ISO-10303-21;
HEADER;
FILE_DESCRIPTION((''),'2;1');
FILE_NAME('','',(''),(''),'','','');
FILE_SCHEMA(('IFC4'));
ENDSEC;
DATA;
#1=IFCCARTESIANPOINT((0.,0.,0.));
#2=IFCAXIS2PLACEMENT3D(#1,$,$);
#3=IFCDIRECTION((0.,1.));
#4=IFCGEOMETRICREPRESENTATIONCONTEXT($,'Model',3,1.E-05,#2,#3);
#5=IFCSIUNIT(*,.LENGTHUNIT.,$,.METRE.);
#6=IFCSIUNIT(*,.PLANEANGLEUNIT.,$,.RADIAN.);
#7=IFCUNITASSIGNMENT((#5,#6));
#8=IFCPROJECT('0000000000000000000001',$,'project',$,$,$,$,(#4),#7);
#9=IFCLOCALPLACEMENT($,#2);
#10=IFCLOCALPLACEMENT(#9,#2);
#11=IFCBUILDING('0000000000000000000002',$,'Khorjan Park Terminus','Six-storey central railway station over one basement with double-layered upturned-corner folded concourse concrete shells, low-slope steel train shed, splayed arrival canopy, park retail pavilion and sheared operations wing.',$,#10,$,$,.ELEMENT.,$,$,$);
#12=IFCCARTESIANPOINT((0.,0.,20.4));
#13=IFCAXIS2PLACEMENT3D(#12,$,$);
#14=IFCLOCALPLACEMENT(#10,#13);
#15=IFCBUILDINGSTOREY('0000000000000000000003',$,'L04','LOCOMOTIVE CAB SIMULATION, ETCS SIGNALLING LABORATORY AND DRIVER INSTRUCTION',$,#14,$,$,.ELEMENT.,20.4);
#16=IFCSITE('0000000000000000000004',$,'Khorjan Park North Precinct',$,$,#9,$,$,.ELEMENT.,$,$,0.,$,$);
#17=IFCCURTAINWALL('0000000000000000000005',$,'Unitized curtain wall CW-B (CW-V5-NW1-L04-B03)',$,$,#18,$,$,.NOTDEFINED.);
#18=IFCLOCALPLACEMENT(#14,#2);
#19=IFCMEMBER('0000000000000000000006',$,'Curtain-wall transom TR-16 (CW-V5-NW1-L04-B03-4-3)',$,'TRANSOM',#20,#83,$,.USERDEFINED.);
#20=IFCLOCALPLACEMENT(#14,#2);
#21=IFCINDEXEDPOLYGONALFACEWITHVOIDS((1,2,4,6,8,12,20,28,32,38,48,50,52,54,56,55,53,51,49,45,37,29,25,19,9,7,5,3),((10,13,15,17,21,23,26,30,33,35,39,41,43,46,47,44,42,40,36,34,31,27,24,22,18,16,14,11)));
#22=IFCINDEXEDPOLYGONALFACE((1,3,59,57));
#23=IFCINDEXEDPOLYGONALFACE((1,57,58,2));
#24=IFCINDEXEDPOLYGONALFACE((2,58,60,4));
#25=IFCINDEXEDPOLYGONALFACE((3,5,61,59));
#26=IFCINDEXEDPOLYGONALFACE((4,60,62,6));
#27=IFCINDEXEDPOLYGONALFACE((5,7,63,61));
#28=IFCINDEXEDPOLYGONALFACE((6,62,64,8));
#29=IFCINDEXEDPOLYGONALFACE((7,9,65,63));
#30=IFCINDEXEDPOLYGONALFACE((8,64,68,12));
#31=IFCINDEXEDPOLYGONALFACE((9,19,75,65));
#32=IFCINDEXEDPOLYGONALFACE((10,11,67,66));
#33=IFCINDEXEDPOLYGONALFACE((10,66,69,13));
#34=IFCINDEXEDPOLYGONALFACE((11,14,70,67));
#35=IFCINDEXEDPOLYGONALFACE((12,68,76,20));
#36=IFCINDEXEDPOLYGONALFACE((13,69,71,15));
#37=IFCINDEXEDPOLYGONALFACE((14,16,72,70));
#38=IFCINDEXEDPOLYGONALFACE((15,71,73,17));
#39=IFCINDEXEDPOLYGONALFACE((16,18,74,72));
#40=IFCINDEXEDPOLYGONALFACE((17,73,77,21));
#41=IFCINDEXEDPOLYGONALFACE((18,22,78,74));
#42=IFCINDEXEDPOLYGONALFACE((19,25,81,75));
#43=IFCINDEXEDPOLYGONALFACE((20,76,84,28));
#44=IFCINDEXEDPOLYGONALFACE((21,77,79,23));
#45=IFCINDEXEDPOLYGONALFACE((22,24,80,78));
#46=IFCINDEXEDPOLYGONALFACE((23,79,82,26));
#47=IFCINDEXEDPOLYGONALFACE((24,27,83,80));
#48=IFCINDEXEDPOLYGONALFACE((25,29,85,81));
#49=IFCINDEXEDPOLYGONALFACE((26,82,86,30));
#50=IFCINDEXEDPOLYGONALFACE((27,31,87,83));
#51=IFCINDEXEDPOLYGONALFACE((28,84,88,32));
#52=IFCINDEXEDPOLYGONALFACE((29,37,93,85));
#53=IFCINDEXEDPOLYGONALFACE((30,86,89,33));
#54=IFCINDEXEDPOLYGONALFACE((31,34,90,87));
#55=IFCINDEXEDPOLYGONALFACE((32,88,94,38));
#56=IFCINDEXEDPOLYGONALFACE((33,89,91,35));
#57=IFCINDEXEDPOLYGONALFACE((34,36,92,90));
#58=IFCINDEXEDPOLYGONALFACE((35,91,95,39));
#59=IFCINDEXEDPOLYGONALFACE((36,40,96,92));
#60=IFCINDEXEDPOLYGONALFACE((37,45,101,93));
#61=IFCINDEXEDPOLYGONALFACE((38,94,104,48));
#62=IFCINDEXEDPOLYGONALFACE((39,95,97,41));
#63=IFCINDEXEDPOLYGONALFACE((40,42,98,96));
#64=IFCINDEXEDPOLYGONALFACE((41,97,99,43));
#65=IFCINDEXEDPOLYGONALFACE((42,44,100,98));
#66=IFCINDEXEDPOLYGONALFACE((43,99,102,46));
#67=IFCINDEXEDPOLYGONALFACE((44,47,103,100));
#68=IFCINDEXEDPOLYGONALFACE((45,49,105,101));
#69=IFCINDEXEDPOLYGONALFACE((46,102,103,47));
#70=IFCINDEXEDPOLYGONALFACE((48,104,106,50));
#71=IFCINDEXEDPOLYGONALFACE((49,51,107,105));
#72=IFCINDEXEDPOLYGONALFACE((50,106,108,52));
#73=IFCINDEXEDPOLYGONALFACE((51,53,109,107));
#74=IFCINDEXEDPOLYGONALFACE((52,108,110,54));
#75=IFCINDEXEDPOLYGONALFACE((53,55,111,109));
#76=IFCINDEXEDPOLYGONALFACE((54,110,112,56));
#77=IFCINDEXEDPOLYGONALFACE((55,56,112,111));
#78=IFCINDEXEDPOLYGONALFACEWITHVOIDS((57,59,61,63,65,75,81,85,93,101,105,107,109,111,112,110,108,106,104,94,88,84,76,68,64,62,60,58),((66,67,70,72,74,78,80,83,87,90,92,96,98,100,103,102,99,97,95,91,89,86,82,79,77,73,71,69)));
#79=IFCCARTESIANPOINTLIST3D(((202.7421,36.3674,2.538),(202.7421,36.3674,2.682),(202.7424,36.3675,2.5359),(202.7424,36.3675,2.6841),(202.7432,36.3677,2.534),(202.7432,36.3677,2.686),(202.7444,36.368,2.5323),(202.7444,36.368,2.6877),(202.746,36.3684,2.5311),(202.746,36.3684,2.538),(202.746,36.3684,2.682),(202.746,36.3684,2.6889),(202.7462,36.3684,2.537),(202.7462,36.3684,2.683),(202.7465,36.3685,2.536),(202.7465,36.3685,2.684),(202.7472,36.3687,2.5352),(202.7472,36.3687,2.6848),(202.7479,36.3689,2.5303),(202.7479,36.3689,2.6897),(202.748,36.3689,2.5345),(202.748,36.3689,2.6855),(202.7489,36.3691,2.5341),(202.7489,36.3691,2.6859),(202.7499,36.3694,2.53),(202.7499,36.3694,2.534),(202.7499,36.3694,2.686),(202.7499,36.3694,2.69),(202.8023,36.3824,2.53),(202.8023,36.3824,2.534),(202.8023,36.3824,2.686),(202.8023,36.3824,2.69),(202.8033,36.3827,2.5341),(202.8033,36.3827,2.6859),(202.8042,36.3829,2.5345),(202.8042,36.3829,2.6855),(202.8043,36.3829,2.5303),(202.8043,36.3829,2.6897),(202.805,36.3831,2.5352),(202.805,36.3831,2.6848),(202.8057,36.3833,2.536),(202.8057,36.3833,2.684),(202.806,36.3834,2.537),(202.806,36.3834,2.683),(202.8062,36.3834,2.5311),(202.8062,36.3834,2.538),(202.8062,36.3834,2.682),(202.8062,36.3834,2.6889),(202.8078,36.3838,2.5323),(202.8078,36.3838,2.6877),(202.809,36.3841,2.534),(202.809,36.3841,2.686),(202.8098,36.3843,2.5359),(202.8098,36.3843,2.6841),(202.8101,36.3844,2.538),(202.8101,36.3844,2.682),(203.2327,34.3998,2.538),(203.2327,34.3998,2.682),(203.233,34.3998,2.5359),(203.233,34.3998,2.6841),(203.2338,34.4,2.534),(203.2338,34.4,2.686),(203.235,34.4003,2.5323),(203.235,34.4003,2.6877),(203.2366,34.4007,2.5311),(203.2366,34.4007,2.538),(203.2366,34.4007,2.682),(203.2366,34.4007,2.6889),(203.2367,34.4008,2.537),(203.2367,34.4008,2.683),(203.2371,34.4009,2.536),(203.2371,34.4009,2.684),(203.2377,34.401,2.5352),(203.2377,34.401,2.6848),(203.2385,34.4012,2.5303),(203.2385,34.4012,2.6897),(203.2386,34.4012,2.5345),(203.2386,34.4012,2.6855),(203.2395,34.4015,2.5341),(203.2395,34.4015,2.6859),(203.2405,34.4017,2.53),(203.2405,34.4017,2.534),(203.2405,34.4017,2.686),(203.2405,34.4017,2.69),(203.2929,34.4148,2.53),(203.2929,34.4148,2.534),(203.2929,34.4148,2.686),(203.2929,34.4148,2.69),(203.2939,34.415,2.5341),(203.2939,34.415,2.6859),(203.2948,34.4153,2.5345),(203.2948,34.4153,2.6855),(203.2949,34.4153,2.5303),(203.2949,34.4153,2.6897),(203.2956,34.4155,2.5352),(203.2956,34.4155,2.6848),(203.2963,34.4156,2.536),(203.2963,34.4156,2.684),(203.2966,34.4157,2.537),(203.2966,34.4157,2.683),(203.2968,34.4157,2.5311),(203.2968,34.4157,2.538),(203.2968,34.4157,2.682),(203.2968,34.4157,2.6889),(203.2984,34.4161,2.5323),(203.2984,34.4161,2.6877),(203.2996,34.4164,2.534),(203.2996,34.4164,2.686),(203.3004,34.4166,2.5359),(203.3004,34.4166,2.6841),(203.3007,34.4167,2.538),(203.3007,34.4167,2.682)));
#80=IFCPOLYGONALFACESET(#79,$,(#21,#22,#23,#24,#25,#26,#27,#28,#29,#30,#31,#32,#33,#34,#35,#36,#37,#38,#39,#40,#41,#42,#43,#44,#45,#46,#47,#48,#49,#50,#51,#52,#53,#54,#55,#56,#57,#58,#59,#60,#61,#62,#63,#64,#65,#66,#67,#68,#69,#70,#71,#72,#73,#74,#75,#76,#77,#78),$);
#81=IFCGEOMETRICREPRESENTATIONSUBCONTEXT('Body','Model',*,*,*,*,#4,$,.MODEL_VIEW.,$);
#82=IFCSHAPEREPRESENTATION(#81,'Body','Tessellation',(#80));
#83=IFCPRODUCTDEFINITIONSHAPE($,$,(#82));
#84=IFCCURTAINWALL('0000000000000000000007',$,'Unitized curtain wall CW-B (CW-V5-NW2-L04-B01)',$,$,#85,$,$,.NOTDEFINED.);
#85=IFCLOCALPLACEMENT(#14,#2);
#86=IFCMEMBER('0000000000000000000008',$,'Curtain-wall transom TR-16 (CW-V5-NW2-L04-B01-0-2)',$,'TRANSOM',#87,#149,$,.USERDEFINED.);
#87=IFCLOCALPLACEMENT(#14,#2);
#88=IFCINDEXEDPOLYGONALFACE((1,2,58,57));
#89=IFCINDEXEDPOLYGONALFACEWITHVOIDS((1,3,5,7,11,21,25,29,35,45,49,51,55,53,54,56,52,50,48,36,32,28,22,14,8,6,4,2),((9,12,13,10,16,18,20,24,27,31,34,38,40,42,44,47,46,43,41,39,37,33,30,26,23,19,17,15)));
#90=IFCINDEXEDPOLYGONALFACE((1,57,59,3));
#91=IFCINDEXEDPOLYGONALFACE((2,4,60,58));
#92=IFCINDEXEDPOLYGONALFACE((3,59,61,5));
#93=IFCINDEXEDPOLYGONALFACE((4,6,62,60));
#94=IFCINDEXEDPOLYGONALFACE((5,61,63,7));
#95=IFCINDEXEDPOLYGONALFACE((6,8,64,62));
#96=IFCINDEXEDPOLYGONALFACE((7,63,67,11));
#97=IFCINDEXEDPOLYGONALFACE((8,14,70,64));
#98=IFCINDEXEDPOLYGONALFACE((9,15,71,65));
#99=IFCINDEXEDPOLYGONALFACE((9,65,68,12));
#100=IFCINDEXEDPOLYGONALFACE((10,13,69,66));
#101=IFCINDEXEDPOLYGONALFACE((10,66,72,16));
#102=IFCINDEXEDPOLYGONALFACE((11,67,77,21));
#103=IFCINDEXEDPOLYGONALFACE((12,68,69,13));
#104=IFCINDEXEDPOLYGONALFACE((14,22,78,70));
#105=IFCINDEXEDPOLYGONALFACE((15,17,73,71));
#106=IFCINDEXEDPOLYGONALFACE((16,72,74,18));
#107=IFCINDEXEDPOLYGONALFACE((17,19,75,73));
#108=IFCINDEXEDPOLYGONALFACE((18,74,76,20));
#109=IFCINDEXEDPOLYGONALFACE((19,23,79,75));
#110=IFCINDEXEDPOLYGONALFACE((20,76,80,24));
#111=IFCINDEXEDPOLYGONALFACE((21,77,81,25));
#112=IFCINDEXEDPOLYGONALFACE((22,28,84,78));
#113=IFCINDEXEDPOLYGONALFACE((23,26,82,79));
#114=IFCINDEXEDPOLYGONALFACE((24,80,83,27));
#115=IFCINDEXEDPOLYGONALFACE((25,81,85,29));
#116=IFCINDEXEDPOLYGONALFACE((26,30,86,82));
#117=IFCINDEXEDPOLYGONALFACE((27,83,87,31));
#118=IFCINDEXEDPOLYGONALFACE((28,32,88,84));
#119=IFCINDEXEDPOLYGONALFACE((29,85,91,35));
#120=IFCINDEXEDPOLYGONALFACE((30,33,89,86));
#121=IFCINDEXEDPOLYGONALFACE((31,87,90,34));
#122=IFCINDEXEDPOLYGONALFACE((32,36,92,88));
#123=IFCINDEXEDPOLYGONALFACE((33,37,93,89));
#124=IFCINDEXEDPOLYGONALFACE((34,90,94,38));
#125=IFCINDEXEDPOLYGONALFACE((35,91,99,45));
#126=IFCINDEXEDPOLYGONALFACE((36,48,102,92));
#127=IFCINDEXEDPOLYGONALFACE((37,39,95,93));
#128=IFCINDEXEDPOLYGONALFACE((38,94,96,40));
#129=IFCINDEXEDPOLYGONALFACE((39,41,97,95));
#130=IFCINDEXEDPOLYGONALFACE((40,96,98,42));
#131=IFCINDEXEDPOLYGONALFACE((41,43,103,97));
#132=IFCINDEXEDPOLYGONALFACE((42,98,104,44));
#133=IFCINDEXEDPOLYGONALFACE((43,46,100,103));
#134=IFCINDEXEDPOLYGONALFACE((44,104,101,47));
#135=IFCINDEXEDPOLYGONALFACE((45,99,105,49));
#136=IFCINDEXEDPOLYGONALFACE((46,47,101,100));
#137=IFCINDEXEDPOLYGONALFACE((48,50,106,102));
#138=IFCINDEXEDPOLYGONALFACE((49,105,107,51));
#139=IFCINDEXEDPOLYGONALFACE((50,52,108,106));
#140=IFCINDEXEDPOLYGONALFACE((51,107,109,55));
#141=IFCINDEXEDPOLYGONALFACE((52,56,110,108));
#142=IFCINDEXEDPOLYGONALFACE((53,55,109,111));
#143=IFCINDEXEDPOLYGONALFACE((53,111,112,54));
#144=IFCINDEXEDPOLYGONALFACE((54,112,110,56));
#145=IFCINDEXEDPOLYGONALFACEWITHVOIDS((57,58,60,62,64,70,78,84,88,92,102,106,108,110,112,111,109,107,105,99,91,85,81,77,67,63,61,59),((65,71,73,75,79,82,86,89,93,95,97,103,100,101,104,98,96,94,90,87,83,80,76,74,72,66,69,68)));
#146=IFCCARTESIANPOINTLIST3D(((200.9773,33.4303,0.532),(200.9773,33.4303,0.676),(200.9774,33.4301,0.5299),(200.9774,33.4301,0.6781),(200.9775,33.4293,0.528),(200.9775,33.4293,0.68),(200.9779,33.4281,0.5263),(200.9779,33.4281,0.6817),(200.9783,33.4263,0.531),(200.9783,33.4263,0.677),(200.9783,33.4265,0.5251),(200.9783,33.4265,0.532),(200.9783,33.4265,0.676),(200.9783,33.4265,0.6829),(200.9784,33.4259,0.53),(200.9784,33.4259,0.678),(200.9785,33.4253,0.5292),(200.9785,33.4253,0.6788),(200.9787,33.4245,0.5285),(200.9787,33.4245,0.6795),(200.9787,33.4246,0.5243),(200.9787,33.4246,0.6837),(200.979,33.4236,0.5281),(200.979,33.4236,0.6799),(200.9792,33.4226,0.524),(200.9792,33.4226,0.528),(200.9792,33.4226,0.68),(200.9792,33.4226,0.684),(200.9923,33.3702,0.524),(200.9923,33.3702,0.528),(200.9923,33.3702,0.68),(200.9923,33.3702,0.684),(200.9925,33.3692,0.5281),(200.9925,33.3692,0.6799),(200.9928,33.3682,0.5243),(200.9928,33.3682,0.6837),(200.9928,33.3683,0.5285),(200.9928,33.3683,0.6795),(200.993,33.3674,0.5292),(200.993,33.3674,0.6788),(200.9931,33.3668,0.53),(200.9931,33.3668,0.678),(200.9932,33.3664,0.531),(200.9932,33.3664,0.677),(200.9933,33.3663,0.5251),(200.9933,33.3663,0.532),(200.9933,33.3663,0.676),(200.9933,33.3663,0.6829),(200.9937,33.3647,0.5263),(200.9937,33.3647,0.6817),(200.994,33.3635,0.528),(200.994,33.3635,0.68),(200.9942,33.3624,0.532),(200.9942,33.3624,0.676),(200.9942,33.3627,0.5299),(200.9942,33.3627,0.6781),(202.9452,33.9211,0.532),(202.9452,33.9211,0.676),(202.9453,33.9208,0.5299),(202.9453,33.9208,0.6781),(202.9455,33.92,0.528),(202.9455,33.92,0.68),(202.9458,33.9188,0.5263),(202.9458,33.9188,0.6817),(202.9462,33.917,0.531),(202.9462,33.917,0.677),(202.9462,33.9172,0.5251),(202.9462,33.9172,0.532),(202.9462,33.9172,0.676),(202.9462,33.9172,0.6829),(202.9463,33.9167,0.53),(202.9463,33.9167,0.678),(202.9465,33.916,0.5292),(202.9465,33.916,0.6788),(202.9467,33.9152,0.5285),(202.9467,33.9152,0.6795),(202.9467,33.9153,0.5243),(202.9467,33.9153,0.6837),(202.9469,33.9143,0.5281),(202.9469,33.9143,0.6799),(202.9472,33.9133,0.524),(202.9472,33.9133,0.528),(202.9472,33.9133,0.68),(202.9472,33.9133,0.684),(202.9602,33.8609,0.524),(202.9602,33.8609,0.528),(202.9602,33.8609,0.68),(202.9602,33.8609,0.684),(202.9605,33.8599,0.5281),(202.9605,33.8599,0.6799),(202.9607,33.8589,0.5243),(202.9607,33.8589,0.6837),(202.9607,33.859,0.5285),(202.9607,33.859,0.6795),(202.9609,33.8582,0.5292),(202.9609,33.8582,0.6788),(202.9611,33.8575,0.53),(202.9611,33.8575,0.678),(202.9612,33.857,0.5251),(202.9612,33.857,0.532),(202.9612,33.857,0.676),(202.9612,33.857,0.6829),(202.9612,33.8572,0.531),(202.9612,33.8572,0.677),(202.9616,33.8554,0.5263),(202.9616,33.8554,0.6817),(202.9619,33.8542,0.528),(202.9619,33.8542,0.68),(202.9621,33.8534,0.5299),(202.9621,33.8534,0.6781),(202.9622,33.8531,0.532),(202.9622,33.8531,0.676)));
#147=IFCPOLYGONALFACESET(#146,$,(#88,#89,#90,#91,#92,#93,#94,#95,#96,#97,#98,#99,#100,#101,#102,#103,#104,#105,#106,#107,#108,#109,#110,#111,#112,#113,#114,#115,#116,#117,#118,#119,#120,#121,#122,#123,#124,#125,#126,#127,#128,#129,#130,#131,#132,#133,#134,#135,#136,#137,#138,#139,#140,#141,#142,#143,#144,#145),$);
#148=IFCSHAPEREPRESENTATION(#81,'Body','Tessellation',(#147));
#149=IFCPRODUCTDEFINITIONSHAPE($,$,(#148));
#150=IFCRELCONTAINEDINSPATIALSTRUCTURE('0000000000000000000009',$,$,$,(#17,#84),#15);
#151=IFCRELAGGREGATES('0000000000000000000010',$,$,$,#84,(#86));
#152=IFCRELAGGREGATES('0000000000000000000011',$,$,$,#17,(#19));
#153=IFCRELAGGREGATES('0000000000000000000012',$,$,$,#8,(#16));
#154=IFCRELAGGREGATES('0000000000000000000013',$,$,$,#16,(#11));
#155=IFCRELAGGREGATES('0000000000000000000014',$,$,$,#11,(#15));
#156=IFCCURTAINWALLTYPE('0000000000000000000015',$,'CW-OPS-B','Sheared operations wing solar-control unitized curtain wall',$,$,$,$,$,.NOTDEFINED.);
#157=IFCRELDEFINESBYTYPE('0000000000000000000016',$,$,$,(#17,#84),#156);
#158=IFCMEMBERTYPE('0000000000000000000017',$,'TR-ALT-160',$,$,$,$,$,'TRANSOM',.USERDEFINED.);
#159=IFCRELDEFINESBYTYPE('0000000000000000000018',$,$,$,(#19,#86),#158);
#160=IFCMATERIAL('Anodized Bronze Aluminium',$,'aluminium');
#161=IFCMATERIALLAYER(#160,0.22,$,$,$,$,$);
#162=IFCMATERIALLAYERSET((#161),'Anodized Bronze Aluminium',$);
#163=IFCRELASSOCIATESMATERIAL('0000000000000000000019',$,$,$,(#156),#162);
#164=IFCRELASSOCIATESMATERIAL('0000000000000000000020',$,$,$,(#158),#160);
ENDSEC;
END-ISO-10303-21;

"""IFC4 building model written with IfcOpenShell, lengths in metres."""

from ifc_helpers import new_model, si_unit, direction, frame, origin, origin_2d, place, context, subcontext, project, spatial, hollow_rectangle, extrude, material, layer, layer_set, material_profile, profile_set, type_object, element, aggregate, save


model = new_model("IFC4")

# Units and contexts
model_context = context("Model", 3, precision=1e-05, world=origin(), true_north=direction((0.0, 1.0)))
body_context = subcontext(model_context, "Body", "Model", "MODEL_VIEW")
ifc_project = project(units=[si_unit("LENGTHUNIT", "METRE"), si_unit("PLANEANGLEUNIT", "RADIAN")], contexts=[model_context])

# Site, building, storey
site_placement = place(None, origin())
site = spatial("IfcSite", under=ifc_project, at=site_placement, Name="Khorjan Park North Precinct", CompositionType="ELEMENT", RefElevation=0.0)
building_placement = place(site_placement, origin())
building = spatial("IfcBuilding", under=site, at=building_placement, Name="Khorjan Park Terminus", Description="Six-storey central railway station over one basement with double-layered upturned-corner folded concourse concrete shells, low-slope steel train shed, splayed arrival canopy, park retail pavilion and sheared operations wing.", CompositionType="ELEMENT")
storey_placement = place(building_placement, frame((0.0, 0.0, 20.4)))
storey = spatial("IfcBuildingStorey", under=building, at=storey_placement, Name="L04", Description="LOCOMOTIVE CAB SIMULATION, ETCS SIGNALLING LABORATORY AND DRIVER INSTRUCTION", CompositionType="ELEMENT", Elevation=20.4)

# Curtain walls, members
ifc_material_1 = material(Name="Anodized Bronze Aluminium", Category="aluminium")
ifc_layer_1 = layer(ifc_material_1, 0.22)
ifc_layer_set_1 = layer_set([ifc_layer_1], Name="Anodized Bronze Aluminium")
curtain_wall_type = type_object("IfcCurtainWallType", Name="CW-OPS-B", Description="Sheared operations wing solar-control unitized curtain wall", PredefinedType="NOTDEFINED", material=ifc_layer_set_1)
curtain_wall_1_placement = place(storey_placement, origin())
curtain_wall_1 = element("IfcCurtainWall", 1, at=curtain_wall_1_placement, inside=storey, type_object=curtain_wall_type, Name="Unitized curtain wall CW-B (CW-V5-NW1-L04-B03)", PredefinedType="NOTDEFINED")
ifc_material_profile_1 = material_profile(ifc_material_1, hollow_rectangle(XDim=0.07, YDim=0.16, WallThickness=0.004, InnerFilletRadius=0.004, OuterFilletRadius=0.008, at=origin_2d()), Name="ALT 70x160x4")
ifc_profile_set_1 = profile_set([ifc_material_profile_1], Name="Anodized Bronze Aluminium")
member_type_1 = type_object("IfcMemberType", Name="TR-ALT-160", ElementType="TRANSOM", PredefinedType="USERDEFINED", material=ifc_profile_set_1)
member_1_placement = place(storey_placement, frame((202.7761, 36.3759, 2.61), z_axis=(0.241921, -0.970296, 0.0), x_axis=(0.970296, 0.241921, 0.0)))
member_1 = element("IfcMember", 2, at=member_1_placement, type_object=member_type_1, Name="Curtain-wall transom TR-16 (CW-V5-NW1-L04-B03-4-3)", ObjectType="TRANSOM", PredefinedType="USERDEFINED", context=body_context, shape_type="SweptSolid", body=[
    extrude(hollow_rectangle(XDim=0.07, YDim=0.16, WallThickness=0.004, InnerFilletRadius=0.004, OuterFilletRadius=0.008, at=origin_2d()), origin(), (0.0, 0.0, 1.0), 2.0279),
])
curtain_wall_2_placement = place(storey_placement, origin())
curtain_wall_2 = element("IfcCurtainWall", 3, at=curtain_wall_2_placement, inside=storey, type_object=curtain_wall_type, Name="Unitized curtain wall CW-B (CW-V5-NW2-L04-B01)", PredefinedType="NOTDEFINED")
member_2_placement = place(storey_placement, frame((202.9537, 33.8871, 0.604), z_axis=(-0.97029, -0.241944, 0.0), x_axis=(0.241944, -0.97029, 0.0)))
member_2 = element("IfcMember", 4, at=member_2_placement, type_object=member_type_1, Name="Curtain-wall transom TR-16 (CW-V5-NW2-L04-B01-0-2)", ObjectType="TRANSOM", PredefinedType="USERDEFINED", context=body_context, shape_type="SweptSolid", body=[
    extrude(hollow_rectangle(XDim=0.07, YDim=0.16, WallThickness=0.004, InnerFilletRadius=0.004, OuterFilletRadius=0.008, at=origin_2d()), origin(), (0.0, 0.0, 1.0), 2.0282),
])
aggregate(curtain_wall_2, [member_2])

aggregate(curtain_wall_1, [member_1])

save(model, "model.ifc")
